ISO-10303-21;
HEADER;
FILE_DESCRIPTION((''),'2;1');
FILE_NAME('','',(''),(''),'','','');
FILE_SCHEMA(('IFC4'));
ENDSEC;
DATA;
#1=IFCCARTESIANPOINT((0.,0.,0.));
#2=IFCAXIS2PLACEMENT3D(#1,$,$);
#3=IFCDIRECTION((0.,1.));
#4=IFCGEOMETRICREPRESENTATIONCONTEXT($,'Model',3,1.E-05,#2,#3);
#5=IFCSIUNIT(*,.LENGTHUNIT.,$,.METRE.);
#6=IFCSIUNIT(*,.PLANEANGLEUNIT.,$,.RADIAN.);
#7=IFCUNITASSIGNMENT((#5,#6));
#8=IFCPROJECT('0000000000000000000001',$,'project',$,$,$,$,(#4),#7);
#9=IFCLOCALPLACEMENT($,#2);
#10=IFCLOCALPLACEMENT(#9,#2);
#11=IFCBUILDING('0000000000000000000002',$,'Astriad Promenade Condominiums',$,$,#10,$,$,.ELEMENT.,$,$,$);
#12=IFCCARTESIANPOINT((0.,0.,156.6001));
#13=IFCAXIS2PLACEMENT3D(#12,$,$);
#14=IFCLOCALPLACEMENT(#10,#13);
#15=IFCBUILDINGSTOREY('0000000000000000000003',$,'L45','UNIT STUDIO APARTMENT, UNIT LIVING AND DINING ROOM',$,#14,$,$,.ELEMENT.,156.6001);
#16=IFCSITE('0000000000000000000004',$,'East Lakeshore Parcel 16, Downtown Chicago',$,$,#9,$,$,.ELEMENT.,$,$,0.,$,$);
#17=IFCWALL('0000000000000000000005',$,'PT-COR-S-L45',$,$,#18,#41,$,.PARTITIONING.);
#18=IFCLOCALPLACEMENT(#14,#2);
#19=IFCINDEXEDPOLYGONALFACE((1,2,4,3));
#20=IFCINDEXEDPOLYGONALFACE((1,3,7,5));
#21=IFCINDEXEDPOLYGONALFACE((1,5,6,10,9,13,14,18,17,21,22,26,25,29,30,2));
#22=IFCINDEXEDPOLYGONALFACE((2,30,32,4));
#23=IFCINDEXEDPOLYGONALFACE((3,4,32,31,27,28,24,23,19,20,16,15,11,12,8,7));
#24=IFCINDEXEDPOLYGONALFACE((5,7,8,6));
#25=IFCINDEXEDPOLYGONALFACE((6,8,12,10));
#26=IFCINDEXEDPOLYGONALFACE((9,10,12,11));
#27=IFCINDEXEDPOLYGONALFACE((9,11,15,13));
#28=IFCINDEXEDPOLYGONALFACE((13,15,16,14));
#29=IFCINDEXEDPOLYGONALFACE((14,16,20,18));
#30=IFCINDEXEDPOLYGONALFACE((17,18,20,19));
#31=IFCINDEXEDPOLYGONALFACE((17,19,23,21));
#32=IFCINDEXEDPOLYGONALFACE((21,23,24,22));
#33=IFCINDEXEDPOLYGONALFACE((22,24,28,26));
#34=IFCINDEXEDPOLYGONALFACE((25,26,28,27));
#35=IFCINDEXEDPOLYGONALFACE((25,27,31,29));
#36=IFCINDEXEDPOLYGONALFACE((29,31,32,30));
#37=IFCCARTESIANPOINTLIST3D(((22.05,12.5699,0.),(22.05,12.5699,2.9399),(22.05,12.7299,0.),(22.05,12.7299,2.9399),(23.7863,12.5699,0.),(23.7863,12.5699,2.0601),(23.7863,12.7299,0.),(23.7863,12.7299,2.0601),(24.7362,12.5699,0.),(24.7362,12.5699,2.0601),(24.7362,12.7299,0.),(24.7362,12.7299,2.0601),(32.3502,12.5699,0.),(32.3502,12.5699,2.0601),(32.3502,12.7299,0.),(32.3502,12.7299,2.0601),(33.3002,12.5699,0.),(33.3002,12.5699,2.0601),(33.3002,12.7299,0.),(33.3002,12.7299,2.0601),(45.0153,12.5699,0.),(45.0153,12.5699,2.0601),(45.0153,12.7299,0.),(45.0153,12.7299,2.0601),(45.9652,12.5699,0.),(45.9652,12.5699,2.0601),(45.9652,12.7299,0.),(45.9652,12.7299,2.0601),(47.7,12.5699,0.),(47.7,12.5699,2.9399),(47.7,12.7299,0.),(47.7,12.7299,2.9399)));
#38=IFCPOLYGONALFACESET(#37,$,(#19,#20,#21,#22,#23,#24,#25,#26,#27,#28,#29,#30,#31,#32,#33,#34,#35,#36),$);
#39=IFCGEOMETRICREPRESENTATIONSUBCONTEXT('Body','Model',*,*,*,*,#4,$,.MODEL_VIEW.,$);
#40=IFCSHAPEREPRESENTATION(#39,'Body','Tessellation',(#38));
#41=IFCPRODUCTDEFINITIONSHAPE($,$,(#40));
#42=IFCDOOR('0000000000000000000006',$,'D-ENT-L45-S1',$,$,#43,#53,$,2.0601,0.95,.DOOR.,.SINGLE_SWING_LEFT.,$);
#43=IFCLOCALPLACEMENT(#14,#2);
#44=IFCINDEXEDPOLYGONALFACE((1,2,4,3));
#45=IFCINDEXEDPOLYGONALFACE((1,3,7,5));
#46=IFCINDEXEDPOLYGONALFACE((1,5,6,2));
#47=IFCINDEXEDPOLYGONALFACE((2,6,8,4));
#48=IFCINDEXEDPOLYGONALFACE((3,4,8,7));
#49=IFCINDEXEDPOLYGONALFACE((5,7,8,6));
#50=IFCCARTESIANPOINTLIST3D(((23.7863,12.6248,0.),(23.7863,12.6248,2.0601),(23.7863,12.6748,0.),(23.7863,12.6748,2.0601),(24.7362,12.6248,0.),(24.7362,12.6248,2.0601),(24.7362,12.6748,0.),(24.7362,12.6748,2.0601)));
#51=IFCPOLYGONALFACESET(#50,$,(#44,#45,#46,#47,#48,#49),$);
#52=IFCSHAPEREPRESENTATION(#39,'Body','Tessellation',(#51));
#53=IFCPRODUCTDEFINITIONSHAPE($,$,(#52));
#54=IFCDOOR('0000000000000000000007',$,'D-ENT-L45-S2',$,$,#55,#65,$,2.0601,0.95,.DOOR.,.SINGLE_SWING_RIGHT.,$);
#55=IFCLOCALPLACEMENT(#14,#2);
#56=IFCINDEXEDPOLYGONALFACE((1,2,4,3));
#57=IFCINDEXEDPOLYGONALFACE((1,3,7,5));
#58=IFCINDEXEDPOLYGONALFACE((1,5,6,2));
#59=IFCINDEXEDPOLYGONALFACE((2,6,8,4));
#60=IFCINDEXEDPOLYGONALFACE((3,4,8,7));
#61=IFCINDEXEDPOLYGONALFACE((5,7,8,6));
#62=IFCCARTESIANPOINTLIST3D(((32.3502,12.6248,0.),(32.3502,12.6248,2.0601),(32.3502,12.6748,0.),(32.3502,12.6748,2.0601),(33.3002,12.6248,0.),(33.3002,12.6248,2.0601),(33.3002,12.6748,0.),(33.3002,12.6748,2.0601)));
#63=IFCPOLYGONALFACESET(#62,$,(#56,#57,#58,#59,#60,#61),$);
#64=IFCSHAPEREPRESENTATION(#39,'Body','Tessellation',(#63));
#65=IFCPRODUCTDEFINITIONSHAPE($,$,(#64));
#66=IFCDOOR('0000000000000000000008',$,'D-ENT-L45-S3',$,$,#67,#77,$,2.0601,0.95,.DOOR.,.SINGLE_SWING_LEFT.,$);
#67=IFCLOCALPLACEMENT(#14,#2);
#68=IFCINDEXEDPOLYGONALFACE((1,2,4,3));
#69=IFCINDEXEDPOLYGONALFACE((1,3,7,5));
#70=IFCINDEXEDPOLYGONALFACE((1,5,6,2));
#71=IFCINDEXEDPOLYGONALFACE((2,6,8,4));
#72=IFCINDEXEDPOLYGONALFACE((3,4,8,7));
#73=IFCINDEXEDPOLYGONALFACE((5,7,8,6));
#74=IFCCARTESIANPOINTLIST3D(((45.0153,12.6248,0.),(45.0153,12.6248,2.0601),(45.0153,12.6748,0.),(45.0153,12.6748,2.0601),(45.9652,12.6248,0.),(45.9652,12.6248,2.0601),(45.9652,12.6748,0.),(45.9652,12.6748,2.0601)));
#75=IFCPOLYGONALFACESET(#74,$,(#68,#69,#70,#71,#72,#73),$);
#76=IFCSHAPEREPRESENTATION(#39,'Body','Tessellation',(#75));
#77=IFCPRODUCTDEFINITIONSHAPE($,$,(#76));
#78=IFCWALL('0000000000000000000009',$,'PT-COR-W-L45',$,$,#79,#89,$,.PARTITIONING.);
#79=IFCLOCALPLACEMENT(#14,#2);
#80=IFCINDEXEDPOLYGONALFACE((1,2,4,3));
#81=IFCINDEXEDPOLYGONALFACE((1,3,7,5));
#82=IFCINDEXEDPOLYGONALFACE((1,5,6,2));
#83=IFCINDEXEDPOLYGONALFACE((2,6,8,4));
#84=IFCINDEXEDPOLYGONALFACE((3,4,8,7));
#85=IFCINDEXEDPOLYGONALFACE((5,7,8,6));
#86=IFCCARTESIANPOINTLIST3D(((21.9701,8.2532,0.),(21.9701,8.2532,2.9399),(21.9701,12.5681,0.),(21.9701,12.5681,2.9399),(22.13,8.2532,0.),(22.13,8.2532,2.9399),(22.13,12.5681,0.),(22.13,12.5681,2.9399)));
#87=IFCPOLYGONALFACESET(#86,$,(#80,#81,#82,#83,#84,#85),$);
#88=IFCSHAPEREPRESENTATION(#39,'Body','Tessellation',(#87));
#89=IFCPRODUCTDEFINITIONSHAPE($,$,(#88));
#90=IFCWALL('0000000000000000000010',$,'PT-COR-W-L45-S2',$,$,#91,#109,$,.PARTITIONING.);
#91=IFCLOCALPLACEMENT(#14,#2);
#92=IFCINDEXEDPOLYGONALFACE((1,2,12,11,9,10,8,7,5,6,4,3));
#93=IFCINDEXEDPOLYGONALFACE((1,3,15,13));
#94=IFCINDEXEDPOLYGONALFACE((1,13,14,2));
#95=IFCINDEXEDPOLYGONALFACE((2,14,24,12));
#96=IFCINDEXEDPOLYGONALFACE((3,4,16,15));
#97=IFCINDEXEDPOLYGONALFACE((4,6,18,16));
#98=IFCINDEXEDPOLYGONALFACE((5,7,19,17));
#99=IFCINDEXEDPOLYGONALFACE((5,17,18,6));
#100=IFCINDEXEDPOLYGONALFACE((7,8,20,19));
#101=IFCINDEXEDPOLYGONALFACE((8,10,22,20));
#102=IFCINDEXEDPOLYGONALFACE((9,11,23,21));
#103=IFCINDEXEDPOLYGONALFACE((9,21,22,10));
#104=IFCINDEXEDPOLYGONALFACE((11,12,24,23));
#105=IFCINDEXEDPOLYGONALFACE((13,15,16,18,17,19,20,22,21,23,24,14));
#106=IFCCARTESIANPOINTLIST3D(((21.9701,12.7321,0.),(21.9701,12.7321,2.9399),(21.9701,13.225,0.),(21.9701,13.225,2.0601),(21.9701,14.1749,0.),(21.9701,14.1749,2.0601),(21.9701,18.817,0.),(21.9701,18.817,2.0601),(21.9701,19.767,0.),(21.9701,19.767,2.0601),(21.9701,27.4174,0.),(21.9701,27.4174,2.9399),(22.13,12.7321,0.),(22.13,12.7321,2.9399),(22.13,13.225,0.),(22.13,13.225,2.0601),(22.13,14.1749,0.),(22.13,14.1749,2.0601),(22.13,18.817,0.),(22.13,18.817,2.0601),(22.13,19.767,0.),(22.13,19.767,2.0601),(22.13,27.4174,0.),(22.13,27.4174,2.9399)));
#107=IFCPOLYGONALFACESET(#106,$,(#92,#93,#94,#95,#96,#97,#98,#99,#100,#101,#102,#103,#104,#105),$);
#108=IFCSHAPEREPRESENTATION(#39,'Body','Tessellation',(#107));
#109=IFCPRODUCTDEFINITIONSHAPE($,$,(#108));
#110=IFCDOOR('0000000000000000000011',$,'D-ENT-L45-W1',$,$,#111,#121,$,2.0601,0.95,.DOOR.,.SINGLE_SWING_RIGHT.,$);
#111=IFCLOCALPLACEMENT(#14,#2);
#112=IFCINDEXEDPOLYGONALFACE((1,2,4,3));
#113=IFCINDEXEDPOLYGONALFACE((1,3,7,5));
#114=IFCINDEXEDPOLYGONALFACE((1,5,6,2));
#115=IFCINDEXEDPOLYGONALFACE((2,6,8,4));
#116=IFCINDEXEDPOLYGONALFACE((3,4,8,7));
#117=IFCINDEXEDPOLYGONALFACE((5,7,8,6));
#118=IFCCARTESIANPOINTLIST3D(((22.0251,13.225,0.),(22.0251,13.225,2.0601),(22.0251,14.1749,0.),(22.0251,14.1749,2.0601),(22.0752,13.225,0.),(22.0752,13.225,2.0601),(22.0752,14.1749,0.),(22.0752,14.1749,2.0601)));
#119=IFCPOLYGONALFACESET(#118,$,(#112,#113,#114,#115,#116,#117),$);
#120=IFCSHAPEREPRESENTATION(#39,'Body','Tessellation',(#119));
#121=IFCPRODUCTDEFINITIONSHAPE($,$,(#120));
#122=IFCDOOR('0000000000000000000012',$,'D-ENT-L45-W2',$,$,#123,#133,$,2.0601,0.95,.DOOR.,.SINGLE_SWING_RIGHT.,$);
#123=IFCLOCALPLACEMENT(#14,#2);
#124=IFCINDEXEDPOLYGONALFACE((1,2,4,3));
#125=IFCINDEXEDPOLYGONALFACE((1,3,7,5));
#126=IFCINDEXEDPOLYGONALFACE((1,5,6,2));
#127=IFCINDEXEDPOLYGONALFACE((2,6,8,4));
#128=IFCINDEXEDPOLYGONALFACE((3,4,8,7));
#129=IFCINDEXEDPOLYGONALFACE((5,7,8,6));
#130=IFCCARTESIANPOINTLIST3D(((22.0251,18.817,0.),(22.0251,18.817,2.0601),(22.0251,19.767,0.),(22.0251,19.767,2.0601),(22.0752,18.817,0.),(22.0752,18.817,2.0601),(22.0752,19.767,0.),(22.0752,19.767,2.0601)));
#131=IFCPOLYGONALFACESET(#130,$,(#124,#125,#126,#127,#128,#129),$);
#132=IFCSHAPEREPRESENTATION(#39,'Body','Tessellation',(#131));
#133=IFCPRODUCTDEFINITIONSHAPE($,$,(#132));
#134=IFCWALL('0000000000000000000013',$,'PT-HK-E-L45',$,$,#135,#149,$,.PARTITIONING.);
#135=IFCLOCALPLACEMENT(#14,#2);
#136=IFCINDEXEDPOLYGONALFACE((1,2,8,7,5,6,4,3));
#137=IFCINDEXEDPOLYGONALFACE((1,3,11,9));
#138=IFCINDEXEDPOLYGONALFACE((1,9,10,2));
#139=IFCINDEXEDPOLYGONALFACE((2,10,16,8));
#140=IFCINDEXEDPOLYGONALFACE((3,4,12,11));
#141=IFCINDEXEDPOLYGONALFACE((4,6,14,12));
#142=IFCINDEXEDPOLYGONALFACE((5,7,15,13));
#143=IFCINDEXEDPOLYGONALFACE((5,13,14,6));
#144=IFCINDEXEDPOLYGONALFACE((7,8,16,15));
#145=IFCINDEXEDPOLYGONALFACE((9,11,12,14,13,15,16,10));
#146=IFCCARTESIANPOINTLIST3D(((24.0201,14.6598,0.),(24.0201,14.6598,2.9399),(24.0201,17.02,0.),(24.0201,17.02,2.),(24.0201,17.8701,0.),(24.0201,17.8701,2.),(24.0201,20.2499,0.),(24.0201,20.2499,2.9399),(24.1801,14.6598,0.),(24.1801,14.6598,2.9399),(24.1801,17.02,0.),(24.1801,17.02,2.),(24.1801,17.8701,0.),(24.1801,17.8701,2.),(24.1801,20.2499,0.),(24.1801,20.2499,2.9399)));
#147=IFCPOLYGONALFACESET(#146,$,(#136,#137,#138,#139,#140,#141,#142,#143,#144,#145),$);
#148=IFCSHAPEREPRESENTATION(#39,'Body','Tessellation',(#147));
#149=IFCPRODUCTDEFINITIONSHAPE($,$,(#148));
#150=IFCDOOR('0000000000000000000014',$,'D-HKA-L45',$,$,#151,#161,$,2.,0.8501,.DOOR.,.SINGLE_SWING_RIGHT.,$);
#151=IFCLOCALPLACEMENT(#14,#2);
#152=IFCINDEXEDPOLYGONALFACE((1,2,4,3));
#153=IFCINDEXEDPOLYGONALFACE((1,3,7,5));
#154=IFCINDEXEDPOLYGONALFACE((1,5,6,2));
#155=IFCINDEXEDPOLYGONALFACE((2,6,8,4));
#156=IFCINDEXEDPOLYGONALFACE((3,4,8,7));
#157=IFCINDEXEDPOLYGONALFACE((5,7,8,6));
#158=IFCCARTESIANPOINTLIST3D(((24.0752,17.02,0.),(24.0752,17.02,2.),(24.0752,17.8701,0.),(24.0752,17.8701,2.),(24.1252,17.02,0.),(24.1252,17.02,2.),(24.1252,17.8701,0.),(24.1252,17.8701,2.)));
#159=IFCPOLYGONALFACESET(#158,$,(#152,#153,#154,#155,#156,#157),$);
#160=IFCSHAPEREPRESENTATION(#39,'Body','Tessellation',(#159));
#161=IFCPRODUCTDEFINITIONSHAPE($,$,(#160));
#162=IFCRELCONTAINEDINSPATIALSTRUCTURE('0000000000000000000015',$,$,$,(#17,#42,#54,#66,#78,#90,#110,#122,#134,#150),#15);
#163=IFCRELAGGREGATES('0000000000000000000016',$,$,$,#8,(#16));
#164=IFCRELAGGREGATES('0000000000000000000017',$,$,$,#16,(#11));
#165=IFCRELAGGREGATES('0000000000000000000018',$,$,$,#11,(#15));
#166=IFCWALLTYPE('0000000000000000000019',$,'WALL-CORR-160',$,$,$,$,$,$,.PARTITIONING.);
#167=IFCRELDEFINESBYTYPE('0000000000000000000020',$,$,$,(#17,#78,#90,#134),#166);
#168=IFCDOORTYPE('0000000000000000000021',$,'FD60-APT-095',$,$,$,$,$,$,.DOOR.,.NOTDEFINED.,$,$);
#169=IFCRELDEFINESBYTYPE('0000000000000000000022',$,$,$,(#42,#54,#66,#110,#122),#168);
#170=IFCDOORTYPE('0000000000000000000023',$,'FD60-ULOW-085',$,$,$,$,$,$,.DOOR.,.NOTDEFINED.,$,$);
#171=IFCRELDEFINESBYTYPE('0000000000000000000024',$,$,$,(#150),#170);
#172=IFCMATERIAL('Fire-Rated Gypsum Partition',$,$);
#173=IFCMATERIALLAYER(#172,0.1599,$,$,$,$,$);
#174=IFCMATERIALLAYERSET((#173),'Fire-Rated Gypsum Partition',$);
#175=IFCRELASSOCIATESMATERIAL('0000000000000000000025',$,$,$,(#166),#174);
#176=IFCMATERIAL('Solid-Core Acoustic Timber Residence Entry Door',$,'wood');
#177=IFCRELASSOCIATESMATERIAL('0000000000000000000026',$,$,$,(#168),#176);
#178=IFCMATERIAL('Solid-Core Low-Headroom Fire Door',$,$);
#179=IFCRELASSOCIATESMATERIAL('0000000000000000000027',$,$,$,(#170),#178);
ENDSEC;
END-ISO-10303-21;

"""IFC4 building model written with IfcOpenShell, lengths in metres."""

from ifc_helpers import new_model, si_unit, direction, frame, frame_2d, origin, place, context, subcontext, project, spatial, rectangle, extrude, source, transform, mapped, material, layer, layer_set, type_object, type_shapes, element, fill, save


model = new_model("IFC4")

# Units and contexts
model_context = context("Model", 3, precision=1e-05, world=origin(), true_north=direction((0.0, 1.0)))
body_context = subcontext(model_context, "Body", "Model", "MODEL_VIEW")
ifc_project = project(units=[si_unit("LENGTHUNIT", "METRE"), si_unit("PLANEANGLEUNIT", "RADIAN")], contexts=[model_context])

# Site, building, storey
site_placement = place(None, origin())
site = spatial("IfcSite", under=ifc_project, at=site_placement, Name="East Lakeshore Parcel 16, Downtown Chicago", CompositionType="ELEMENT", RefElevation=0.0)
building_placement = place(site_placement, origin())
building = spatial("IfcBuilding", under=site, at=building_placement, Name="Astriad Promenade Condominiums", CompositionType="ELEMENT")
storey_placement = place(building_placement, frame((0.0, 0.0, 156.6001)))
storey = spatial("IfcBuildingStorey", under=building, at=storey_placement, Name="L45", Description="UNIT STUDIO APARTMENT, UNIT LIVING AND DINING ROOM", CompositionType="ELEMENT", Elevation=156.6001)

# Wall, openings, doors
ifc_material_1 = material(Name="Fire-Rated Gypsum Partition")
ifc_layer_1 = layer(ifc_material_1, 0.1599)
ifc_layer_set_1 = layer_set([ifc_layer_1], Name="Fire-Rated Gypsum Partition")
wall_type_1 = type_object("IfcWallType", Name="WALL-CORR-160", PredefinedType="PARTITIONING", material=ifc_layer_set_1)
wall_1_placement = place(storey_placement, frame((22.05, 12.6499, 0.0), z_axis=(0.0, 0.0, 1.0), x_axis=(1.0, 0.0, 0.0)))
wall_1 = element("IfcWall", 1, at=wall_1_placement, inside=storey, type_object=wall_type_1, Name="PT-COR-S-L45", PredefinedType="PARTITIONING", context=body_context, shape_type="SweptSolid", body=[
    extrude(rectangle(XDim=25.6499, YDim=0.1599, at=frame_2d((12.825, 0.0))), origin(), (0.0, 0.0, 1.0), 2.9399),
])
opening_1_placement = place(wall_1_placement, frame((1.7361, 0.0, 0.0)))
opening_1 = element("IfcOpeningElement", 2, at=opening_1_placement, cuts=wall_1, PredefinedType="OPENING", context=body_context, shape_type="SweptSolid", body=[
    extrude(rectangle(XDim=0.95, YDim=2.0601, at=frame_2d((0.4751, 1.03))), frame((0.0, 0.0898, 0.0), z_axis=(0.0, -1.0, 0.0), x_axis=(1.0, 0.0, 0.0)), (0.0, 0.0, 1.0), 0.1799),
])
opening_2_placement = place(wall_1_placement, frame((10.3, 0.0, 0.0)))
opening_2 = element("IfcOpeningElement", 3, at=opening_2_placement, cuts=wall_1, PredefinedType="OPENING", context=body_context, shape_type="SweptSolid", body=[
    extrude(rectangle(XDim=0.95, YDim=2.0601, at=frame_2d((0.4751, 1.03))), frame((0.0, 0.0898, 0.0), z_axis=(0.0, -1.0, 0.0), x_axis=(1.0, 0.0, 0.0)), (0.0, 0.0, 1.0), 0.1799),
])
opening_3_placement = place(wall_1_placement, frame((22.9651, 0.0, 0.0)))
opening_3 = element("IfcOpeningElement", 4, at=opening_3_placement, cuts=wall_1, PredefinedType="OPENING", context=body_context, shape_type="SweptSolid", body=[
    extrude(rectangle(XDim=0.95, YDim=2.0601, at=frame_2d((0.4751, 1.03))), frame((0.0, 0.0898, 0.0), z_axis=(0.0, -1.0, 0.0), x_axis=(1.0, 0.0, 0.0)), (0.0, 0.0, 1.0), 0.1799),
])
ifc_material_2 = material(Name="Solid-Core Acoustic Timber Residence Entry Door", Category="wood")
door_type_1 = type_object("IfcDoorType", Name="FD60-APT-095", OperationType="NOTDEFINED", PredefinedType="DOOR", material=ifc_material_2)
shared_shape_1 = source(origin(), body_context, "Body", "SweptSolid", [
    extrude(rectangle(XDim=0.95, YDim=2.0601, at=frame_2d((0.4751, 1.03))), frame((0.0, 0.0249, 0.0), z_axis=(0.0, -1.0, 0.0), x_axis=(1.0, 0.0, 0.0)), (0.0, 0.0, 1.0), 0.05),
])
type_shapes(door_type_1, [shared_shape_1])
door_1_placement = place(opening_1_placement, origin())
door_1 = element("IfcDoor", 5, at=door_1_placement, inside=storey, type_object=door_type_1, Name="D-ENT-L45-S1", OperationType="SINGLE_SWING_LEFT", OverallHeight=2.0601, OverallWidth=0.95, PredefinedType="DOOR", context=body_context, shape_type="MappedRepresentation", body=[
    mapped(shared_shape_1, transform((0.0, 0.0, 0.0), scale=1.0)),
])
fill(opening_1, door_1)
door_2_placement = place(opening_2_placement, origin())
door_2 = element("IfcDoor", 6, at=door_2_placement, inside=storey, type_object=door_type_1, Name="D-ENT-L45-S2", OperationType="SINGLE_SWING_RIGHT", OverallHeight=2.0601, OverallWidth=0.95, PredefinedType="DOOR", context=body_context, shape_type="MappedRepresentation", body=[
    mapped(shared_shape_1, transform((0.0, 0.0, 0.0), scale=1.0)),
])
fill(opening_2, door_2)
door_3_placement = place(opening_3_placement, origin())
door_3 = element("IfcDoor", 7, at=door_3_placement, inside=storey, type_object=door_type_1, Name="D-ENT-L45-S3", OperationType="SINGLE_SWING_LEFT", OverallHeight=2.0601, OverallWidth=0.95, PredefinedType="DOOR", context=body_context, shape_type="MappedRepresentation", body=[
    mapped(shared_shape_1, transform((0.0, 0.0, 0.0), scale=1.0)),
])
fill(opening_3, door_3)

# Wall
wall_2_placement = place(storey_placement, frame((22.05, 8.2532, 0.0), z_axis=(0.0, 0.0, 1.0), x_axis=(0.0, 1.0, 0.0)))
element("IfcWall", 8, at=wall_2_placement, inside=storey, type_object=wall_type_1, Name="PT-COR-W-L45", PredefinedType="PARTITIONING", context=body_context, shape_type="SweptSolid", body=[
    extrude(rectangle(XDim=4.3149, YDim=0.1599, at=frame_2d((2.1575, 0.0))), origin(), (0.0, 0.0, 1.0), 2.9399),
])

# Wall, openings, doors
wall_3_placement = place(storey_placement, frame((22.05, 12.7319, 0.0), z_axis=(0.0, 0.0, 1.0), x_axis=(0.0, 1.0, 0.0)))
wall_3 = element("IfcWall", 9, at=wall_3_placement, inside=storey, type_object=wall_type_1, Name="PT-COR-W-L45-S2", PredefinedType="PARTITIONING", context=body_context, shape_type="SweptSolid", body=[
    extrude(rectangle(XDim=14.6853, YDim=0.1599, at=frame_2d((7.3428, 0.0))), origin(), (0.0, 0.0, 1.0), 2.9399),
])
opening_4_placement = place(wall_3_placement, frame((0.4929, 0.0, 0.0)))
opening_4 = element("IfcOpeningElement", 10, at=opening_4_placement, cuts=wall_3, PredefinedType="OPENING", context=body_context, shape_type="SweptSolid", body=[
    extrude(rectangle(XDim=0.95, YDim=2.0601, at=frame_2d((0.4751, 1.03))), frame((0.0, 0.0898, 0.0), z_axis=(0.0, -1.0, 0.0), x_axis=(1.0, 0.0, 0.0)), (0.0, 0.0, 1.0), 0.1799),
])
opening_5_placement = place(wall_3_placement, frame((6.085, 0.0, 0.0)))
opening_5 = element("IfcOpeningElement", 11, at=opening_5_placement, cuts=wall_3, PredefinedType="OPENING", context=body_context, shape_type="SweptSolid", body=[
    extrude(rectangle(XDim=0.95, YDim=2.0601, at=frame_2d((0.4751, 1.03))), frame((0.0, 0.0898, 0.0), z_axis=(0.0, -1.0, 0.0), x_axis=(1.0, 0.0, 0.0)), (0.0, 0.0, 1.0), 0.1799),
])
door_4_placement = place(opening_4_placement, origin())
door_4 = element("IfcDoor", 12, at=door_4_placement, inside=storey, type_object=door_type_1, Name="D-ENT-L45-W1", OperationType="SINGLE_SWING_RIGHT", OverallHeight=2.0601, OverallWidth=0.95, PredefinedType="DOOR", context=body_context, shape_type="MappedRepresentation", body=[
    mapped(shared_shape_1, transform((0.0, 0.0, 0.0), scale=1.0)),
])
fill(opening_4, door_4)
door_5_placement = place(opening_5_placement, origin())
door_5 = element("IfcDoor", 13, at=door_5_placement, inside=storey, type_object=door_type_1, Name="D-ENT-L45-W2", OperationType="SINGLE_SWING_RIGHT", OverallHeight=2.0601, OverallWidth=0.95, PredefinedType="DOOR", context=body_context, shape_type="MappedRepresentation", body=[
    mapped(shared_shape_1, transform((0.0, 0.0, 0.0), scale=1.0)),
])
fill(opening_5, door_5)

# Wall, opening, door
wall_4_placement = place(storey_placement, frame((24.1001, 14.6599, 0.0), z_axis=(0.0, 0.0, 1.0), x_axis=(0.0, 1.0, 0.0)))
wall_4 = element("IfcWall", 14, at=wall_4_placement, inside=storey, type_object=wall_type_1, Name="PT-HK-E-L45", PredefinedType="PARTITIONING", context=body_context, shape_type="SweptSolid", body=[
    extrude(rectangle(XDim=5.5901, YDim=0.1599, at=frame_2d((2.7949, 0.0))), origin(), (0.0, 0.0, 1.0), 2.9399),
])
opening_6_placement = place(wall_4_placement, frame((2.3601, 0.0, 0.0)))
opening_6 = element("IfcOpeningElement", 15, at=opening_6_placement, cuts=wall_4, PredefinedType="OPENING", context=body_context, shape_type="SweptSolid", body=[
    extrude(rectangle(XDim=0.8501, YDim=2.0, at=frame_2d((0.425, 1.0))), frame((0.0, 0.0898, 0.0), z_axis=(0.0, -1.0, 0.0), x_axis=(1.0, 0.0, 0.0)), (0.0, 0.0, 1.0), 0.1799),
])
ifc_material_3 = material(Name="Solid-Core Low-Headroom Fire Door")
door_type_2 = type_object("IfcDoorType", Name="FD60-ULOW-085", OperationType="NOTDEFINED", PredefinedType="DOOR", material=ifc_material_3)
shared_shape_2 = source(origin(), body_context, "Body", "SweptSolid", [
    extrude(rectangle(XDim=0.8501, YDim=2.0, at=frame_2d((0.425, 1.0))), frame((0.0, 0.0249, 0.0), z_axis=(0.0, -1.0, 0.0), x_axis=(1.0, 0.0, 0.0)), (0.0, 0.0, 1.0), 0.05),
])
type_shapes(door_type_2, [shared_shape_2])
door_6_placement = place(opening_6_placement, origin())
door_6 = element("IfcDoor", 16, at=door_6_placement, inside=storey, type_object=door_type_2, Name="D-HKA-L45", OperationType="SINGLE_SWING_RIGHT", OverallHeight=2.0, OverallWidth=0.8501, PredefinedType="DOOR", context=body_context, shape_type="MappedRepresentation", body=[
    mapped(shared_shape_2, transform((0.0, 0.0, 0.0), scale=1.0)),
])
fill(opening_6, door_6)

save(model, "model.ifc")
